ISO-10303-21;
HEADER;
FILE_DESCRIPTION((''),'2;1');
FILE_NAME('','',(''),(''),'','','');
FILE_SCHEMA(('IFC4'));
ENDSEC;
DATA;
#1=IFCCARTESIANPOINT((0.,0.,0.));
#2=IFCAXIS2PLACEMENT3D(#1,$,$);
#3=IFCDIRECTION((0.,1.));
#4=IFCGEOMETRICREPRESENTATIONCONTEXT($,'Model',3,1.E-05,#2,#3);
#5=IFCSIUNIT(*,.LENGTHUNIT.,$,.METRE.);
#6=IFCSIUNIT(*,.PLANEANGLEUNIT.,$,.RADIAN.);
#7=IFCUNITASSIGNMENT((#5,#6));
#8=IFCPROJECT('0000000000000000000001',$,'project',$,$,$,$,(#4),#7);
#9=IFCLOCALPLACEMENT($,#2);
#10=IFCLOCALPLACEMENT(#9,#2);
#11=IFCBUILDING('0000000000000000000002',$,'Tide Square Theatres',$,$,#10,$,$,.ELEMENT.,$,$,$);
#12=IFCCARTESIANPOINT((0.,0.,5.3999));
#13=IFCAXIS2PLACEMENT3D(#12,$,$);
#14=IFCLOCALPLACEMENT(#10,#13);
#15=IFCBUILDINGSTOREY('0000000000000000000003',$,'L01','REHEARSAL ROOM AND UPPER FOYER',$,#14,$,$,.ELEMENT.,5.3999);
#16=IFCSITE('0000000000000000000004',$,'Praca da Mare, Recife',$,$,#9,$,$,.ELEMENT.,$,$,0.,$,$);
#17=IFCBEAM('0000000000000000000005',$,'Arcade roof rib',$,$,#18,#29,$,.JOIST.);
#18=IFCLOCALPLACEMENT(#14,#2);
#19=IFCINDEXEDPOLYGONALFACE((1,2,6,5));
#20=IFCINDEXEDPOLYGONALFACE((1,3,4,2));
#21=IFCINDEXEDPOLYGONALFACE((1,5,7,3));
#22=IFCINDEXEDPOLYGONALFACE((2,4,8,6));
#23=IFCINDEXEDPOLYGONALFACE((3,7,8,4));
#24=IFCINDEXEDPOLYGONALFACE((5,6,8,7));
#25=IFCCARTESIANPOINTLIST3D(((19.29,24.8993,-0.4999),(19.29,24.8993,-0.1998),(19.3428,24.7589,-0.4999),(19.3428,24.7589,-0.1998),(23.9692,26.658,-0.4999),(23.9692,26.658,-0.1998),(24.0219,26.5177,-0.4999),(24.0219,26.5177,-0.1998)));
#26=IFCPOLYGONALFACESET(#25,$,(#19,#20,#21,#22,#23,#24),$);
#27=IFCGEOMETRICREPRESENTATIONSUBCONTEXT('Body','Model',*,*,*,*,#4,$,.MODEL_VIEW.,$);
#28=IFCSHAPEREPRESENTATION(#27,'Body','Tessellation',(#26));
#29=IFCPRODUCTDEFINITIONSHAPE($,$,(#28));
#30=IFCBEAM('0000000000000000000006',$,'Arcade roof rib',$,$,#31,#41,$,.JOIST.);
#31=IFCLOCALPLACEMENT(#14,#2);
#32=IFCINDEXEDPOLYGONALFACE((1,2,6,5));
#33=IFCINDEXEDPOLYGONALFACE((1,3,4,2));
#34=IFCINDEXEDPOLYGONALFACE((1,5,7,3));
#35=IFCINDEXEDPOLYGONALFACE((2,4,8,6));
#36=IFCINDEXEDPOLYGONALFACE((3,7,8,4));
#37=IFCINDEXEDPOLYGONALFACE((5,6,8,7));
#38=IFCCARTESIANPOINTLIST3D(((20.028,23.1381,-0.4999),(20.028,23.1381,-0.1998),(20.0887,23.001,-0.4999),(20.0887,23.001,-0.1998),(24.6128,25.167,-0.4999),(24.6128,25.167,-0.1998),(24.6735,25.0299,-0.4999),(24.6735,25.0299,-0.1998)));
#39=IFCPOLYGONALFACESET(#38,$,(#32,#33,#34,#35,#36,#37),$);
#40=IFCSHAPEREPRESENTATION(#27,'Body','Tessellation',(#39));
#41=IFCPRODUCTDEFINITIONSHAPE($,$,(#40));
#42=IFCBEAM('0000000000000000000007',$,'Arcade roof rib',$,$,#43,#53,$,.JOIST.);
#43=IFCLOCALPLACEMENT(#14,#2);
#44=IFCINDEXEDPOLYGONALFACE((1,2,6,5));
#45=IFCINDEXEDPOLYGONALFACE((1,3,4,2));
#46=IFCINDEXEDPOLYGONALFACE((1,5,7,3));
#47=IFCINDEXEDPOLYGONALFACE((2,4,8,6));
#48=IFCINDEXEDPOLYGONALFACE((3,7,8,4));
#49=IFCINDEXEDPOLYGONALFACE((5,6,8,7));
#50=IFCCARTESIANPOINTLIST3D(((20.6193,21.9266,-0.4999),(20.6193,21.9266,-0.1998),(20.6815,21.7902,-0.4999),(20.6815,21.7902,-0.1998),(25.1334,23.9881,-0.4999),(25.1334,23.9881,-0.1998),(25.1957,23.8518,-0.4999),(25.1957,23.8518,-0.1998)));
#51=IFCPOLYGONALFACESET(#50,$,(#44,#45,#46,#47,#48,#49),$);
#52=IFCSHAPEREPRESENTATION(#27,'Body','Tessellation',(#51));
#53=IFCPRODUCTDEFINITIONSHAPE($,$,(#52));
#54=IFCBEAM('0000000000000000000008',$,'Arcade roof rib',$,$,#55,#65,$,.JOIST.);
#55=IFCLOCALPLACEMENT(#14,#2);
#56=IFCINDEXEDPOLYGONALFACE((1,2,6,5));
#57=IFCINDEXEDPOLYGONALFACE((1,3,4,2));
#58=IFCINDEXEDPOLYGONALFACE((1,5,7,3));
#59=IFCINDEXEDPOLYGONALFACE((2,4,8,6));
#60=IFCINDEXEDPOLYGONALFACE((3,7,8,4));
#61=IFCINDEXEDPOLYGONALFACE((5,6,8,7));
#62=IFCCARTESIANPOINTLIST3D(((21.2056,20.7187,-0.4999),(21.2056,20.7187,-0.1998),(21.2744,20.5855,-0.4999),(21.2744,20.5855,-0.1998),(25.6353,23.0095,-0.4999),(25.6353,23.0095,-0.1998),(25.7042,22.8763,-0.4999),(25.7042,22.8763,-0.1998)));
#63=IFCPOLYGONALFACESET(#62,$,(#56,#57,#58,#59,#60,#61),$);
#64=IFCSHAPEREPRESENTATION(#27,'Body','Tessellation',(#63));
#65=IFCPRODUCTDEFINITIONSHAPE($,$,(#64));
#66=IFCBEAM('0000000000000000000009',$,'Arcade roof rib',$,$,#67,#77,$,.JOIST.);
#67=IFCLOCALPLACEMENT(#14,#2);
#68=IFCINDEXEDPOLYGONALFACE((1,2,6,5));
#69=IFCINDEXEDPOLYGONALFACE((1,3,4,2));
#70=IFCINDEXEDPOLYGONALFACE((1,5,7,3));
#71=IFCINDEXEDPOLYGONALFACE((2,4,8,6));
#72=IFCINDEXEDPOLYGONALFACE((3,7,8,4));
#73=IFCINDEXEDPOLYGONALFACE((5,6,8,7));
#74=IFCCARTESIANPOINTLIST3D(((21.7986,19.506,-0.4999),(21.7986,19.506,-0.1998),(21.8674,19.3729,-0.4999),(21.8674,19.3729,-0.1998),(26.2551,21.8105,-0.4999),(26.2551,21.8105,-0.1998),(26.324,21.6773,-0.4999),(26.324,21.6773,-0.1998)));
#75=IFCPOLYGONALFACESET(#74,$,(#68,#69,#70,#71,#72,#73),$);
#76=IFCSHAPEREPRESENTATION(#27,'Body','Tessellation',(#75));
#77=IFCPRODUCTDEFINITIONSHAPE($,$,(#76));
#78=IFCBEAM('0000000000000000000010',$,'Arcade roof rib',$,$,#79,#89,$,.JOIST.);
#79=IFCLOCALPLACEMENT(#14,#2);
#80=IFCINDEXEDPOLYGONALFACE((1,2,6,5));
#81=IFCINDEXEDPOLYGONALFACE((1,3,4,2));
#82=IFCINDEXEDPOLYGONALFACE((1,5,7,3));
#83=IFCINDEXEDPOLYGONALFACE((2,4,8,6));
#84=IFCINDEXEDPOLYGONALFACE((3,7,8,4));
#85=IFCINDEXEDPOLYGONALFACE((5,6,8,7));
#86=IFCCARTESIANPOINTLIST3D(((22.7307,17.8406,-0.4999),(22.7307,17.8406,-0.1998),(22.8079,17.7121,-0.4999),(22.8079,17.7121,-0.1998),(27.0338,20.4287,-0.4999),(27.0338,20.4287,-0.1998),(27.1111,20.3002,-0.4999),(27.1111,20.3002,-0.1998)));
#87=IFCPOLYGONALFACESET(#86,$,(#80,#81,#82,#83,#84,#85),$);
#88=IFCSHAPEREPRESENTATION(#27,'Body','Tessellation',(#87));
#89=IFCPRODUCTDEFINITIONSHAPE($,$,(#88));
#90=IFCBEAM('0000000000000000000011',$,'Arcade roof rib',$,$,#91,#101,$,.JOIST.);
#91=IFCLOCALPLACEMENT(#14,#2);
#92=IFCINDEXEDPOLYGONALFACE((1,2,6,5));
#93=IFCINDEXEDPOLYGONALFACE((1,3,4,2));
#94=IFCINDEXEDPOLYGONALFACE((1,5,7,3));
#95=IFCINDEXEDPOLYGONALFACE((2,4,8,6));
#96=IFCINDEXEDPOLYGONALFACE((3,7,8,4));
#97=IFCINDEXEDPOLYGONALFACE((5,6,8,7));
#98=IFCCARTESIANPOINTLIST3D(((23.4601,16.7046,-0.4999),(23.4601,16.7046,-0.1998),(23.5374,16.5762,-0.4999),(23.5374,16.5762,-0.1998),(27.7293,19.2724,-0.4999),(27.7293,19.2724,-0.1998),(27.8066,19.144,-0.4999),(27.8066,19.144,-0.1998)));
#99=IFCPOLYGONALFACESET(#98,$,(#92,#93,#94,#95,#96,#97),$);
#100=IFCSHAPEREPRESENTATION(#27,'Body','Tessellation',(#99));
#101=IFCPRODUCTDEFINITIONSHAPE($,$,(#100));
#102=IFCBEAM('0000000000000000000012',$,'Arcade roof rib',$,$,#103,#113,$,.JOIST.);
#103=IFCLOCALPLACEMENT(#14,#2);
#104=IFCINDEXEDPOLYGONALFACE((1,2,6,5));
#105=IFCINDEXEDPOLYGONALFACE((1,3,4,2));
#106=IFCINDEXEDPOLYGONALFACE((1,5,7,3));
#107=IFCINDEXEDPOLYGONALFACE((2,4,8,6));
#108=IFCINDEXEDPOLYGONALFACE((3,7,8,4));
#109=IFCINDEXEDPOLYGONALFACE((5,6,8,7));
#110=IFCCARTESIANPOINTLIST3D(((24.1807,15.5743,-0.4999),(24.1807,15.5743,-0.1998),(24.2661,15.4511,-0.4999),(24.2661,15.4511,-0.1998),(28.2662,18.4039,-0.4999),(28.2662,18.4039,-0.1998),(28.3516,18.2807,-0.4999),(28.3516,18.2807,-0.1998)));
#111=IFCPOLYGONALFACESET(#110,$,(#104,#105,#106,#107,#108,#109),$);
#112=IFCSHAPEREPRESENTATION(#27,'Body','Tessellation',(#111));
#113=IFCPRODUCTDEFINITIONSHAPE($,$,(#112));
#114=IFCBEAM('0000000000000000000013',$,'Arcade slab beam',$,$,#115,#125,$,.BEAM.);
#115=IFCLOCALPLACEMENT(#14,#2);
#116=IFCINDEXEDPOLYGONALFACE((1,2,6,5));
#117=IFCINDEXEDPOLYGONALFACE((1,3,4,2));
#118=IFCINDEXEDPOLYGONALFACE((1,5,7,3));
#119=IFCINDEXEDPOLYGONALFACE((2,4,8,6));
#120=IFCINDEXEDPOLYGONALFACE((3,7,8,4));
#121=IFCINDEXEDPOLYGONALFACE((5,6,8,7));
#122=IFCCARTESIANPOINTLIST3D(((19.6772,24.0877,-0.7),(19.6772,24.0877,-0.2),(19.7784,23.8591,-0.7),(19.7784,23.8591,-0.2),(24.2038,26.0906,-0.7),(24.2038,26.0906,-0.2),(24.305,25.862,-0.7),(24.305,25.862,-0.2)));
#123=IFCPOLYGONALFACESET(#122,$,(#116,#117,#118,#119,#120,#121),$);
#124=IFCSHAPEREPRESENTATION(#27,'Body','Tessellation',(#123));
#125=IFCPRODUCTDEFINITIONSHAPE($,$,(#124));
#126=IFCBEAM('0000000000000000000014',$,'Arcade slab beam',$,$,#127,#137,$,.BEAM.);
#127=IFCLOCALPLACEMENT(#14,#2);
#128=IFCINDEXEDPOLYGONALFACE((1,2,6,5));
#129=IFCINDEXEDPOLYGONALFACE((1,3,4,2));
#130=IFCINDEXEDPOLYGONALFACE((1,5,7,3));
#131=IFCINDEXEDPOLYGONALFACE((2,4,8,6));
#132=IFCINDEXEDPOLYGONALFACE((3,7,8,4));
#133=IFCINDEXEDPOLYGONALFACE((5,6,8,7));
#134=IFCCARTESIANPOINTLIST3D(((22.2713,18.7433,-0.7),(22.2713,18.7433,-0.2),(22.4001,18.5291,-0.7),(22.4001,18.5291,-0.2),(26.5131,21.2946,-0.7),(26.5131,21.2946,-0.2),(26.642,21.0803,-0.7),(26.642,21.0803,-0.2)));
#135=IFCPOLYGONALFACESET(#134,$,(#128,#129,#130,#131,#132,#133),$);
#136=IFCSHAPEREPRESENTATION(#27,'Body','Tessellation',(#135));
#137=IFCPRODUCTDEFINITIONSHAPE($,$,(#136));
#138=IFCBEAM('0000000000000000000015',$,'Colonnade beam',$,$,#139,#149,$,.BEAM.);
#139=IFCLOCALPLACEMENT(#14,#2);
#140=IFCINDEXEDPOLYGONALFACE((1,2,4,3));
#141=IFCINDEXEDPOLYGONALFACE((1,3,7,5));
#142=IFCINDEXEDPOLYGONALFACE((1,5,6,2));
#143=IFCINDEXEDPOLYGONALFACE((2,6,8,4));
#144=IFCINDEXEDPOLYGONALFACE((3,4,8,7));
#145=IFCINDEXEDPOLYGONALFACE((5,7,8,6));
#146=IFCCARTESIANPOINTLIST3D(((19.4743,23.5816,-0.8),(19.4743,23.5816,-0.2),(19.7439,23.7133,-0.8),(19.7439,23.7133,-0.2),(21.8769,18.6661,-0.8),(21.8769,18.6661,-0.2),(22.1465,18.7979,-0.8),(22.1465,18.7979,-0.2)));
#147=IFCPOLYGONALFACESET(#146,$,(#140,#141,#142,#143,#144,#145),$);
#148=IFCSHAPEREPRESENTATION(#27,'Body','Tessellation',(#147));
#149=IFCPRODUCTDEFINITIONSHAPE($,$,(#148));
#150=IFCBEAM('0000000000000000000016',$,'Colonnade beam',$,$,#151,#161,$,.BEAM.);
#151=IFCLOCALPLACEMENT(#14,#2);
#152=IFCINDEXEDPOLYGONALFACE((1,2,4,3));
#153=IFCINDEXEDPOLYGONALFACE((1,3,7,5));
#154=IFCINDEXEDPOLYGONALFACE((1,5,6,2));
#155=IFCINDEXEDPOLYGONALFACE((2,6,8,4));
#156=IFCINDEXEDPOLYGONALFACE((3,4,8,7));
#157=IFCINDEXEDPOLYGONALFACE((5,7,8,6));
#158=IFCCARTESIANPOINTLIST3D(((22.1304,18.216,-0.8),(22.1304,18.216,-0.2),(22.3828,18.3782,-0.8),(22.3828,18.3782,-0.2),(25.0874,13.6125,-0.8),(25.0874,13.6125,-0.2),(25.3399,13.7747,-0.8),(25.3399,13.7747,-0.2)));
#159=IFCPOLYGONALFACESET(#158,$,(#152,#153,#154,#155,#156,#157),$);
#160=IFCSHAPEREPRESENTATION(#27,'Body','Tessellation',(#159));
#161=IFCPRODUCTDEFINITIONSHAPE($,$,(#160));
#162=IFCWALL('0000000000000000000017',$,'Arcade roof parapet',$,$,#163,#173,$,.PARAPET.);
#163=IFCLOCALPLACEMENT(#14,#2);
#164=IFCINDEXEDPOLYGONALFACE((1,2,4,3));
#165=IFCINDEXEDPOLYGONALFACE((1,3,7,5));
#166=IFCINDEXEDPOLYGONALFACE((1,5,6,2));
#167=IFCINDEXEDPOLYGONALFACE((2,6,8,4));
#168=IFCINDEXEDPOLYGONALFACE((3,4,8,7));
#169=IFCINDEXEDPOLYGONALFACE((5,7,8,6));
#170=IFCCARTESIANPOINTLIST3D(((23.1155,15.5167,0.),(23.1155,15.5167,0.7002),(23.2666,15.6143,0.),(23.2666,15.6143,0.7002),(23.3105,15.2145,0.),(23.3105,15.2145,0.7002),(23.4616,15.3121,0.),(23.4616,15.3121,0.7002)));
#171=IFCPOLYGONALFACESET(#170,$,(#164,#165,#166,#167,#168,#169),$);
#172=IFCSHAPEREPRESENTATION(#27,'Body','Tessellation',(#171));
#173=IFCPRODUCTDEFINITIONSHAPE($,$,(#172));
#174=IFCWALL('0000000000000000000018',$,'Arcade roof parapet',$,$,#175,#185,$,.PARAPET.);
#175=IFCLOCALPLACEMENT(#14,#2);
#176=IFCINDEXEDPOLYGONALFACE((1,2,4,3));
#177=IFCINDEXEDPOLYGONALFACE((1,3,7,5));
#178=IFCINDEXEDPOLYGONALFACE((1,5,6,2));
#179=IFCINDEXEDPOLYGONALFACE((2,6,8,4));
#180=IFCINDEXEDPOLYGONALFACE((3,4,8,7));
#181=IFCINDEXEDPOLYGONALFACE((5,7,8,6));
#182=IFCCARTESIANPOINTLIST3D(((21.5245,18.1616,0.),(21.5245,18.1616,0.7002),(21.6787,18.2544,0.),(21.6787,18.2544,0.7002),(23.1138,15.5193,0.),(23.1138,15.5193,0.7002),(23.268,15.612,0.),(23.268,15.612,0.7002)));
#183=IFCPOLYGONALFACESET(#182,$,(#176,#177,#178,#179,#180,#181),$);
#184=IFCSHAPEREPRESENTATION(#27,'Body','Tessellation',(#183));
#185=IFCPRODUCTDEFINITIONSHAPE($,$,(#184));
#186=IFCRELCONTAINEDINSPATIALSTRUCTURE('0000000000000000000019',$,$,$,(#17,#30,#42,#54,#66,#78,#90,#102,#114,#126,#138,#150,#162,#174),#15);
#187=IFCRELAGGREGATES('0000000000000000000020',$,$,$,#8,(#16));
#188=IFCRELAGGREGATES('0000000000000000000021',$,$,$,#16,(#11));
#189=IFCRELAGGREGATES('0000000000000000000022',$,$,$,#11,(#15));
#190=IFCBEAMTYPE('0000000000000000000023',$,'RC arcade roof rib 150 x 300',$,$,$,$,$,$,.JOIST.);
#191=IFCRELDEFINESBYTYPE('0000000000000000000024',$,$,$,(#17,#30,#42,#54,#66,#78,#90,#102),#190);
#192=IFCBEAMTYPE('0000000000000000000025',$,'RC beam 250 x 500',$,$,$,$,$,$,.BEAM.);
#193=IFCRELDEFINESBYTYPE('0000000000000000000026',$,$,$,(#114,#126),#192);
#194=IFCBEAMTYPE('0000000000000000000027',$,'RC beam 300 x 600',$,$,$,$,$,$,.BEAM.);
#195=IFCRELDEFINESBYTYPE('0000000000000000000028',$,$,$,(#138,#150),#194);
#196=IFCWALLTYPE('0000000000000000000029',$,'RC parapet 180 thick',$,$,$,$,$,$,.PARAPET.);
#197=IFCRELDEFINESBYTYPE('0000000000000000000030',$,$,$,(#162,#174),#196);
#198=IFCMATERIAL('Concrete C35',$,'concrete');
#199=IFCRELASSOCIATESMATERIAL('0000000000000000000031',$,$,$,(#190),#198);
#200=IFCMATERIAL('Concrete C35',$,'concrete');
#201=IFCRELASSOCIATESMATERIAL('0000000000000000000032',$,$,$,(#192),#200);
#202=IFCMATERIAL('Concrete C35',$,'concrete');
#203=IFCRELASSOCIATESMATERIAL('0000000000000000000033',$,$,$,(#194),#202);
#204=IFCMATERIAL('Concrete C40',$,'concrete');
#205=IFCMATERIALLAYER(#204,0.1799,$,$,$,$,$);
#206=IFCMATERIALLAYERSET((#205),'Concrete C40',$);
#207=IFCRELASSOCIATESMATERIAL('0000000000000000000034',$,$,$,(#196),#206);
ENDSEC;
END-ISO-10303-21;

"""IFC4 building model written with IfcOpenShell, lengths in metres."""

from ifc_helpers import new_model, si_unit, direction, frame, frame_2d, origin, origin_2d, place, context, subcontext, project, spatial, rectangle, extrude, material, layer, layer_set, material_profile, profile_set, type_object, element, save


model = new_model("IFC4")

# Units and contexts
model_context = context("Model", 3, precision=1e-05, world=origin(), true_north=direction((0.0, 1.0)))
body_context = subcontext(model_context, "Body", "Model", "MODEL_VIEW")
ifc_project = project(units=[si_unit("LENGTHUNIT", "METRE"), si_unit("PLANEANGLEUNIT", "RADIAN")], contexts=[model_context])

# Site, building, storey
site_placement = place(None, origin())
site = spatial("IfcSite", under=ifc_project, at=site_placement, Name="Praca da Mare, Recife", CompositionType="ELEMENT", RefElevation=0.0)
building_placement = place(site_placement, origin())
building = spatial("IfcBuilding", under=site, at=building_placement, Name="Tide Square Theatres", CompositionType="ELEMENT")
storey_placement = place(building_placement, frame((0.0, 0.0, 5.3999)))
storey = spatial("IfcBuildingStorey", under=building, at=storey_placement, Name="L01", Description="REHEARSAL ROOM AND UPPER FOYER", CompositionType="ELEMENT", Elevation=5.3999)

# Beams
ifc_material_1 = material(Name="Concrete C35", Category="concrete")
ifc_material_profile_1 = material_profile(ifc_material_1, rectangle(XDim=0.1499, YDim=0.3, at=origin_2d()))
ifc_profile_set_1 = profile_set([ifc_material_profile_1], Name="Concrete C35")
beam_type_1 = type_object("IfcBeamType", Name="RC arcade roof rib 150 x 300", PredefinedType="JOIST", material=ifc_profile_set_1)
beam_1_placement = place(storey_placement, frame((19.3164, 24.8291, -0.3499), z_axis=(0.93606, 0.351841, 0.0), x_axis=(-0.351841, 0.93606, 0.0)))
element("IfcBeam", 1, at=beam_1_placement, inside=storey, type_object=beam_type_1, Name="Arcade roof rib", PredefinedType="JOIST", context=body_context, shape_type="SweptSolid", body=[
    extrude(rectangle(XDim=0.1499, YDim=0.3, at=origin_2d()), origin(), (0.0, 0.0, 1.0), 4.9988),
])
beam_2_placement = place(storey_placement, frame((20.0583, 23.0696, -0.3499), z_axis=(0.914465, 0.404665, 0.0), x_axis=(-0.404665, 0.914465, 0.0)))
element("IfcBeam", 2, at=beam_2_placement, inside=storey, type_object=beam_type_1, Name="Arcade roof rib", PredefinedType="JOIST", context=body_context, shape_type="SweptSolid", body=[
    extrude(rectangle(XDim=0.1499, YDim=0.3, at=origin_2d()), origin(), (0.0, 0.0, 1.0), 5.0137),
])
beam_3_placement = place(storey_placement, frame((20.6504, 21.8584, -0.3499), z_axis=(0.909634, 0.415411, 0.0), x_axis=(-0.415411, 0.909634, 0.0)))
element("IfcBeam", 3, at=beam_3_placement, inside=storey, type_object=beam_type_1, Name="Arcade roof rib", PredefinedType="JOIST", context=body_context, shape_type="SweptSolid", body=[
    extrude(rectangle(XDim=0.1499, YDim=0.3, at=origin_2d()), origin(), (0.0, 0.0, 1.0), 4.9626),
])
beam_4_placement = place(storey_placement, frame((21.24, 20.6521, -0.3499), z_axis=(0.888254, 0.459352, 0.0), x_axis=(-0.459352, 0.888254, 0.0)))
element("IfcBeam", 4, at=beam_4_placement, inside=storey, type_object=beam_type_1, Name="Arcade roof rib", PredefinedType="JOIST", context=body_context, shape_type="SweptSolid", body=[
    extrude(rectangle(XDim=0.1499, YDim=0.3, at=origin_2d()), origin(), (0.0, 0.0, 1.0), 4.9871),
])
beam_5_placement = place(storey_placement, frame((21.833, 19.4395, -0.3499), z_axis=(0.888272, 0.459318, 0.0), x_axis=(-0.459318, 0.888272, 0.0)))
element("IfcBeam", 5, at=beam_5_placement, inside=storey, type_object=beam_type_1, Name="Arcade roof rib", PredefinedType="JOIST", context=body_context, shape_type="SweptSolid", body=[
    extrude(rectangle(XDim=0.1499, YDim=0.3, at=origin_2d()), origin(), (0.0, 0.0, 1.0), 5.0171),
])
beam_6_placement = place(storey_placement, frame((22.7693, 17.7764, -0.3499), z_axis=(0.856948, 0.515403, 0.0), x_axis=(-0.515403, 0.856948, 0.0)))
element("IfcBeam", 6, at=beam_6_placement, inside=storey, type_object=beam_type_1, Name="Arcade roof rib", PredefinedType="JOIST", context=body_context, shape_type="SweptSolid", body=[
    extrude(rectangle(XDim=0.1499, YDim=0.3, at=origin_2d()), origin(), (0.0, 0.0, 1.0), 5.0215),
])
beam_7_placement = place(storey_placement, frame((23.4988, 16.6404, -0.3499), z_axis=(0.856935, 0.515425, 0.0), x_axis=(-0.515425, 0.856935, 0.0)))
element("IfcBeam", 7, at=beam_7_placement, inside=storey, type_object=beam_type_1, Name="Arcade roof rib", PredefinedType="JOIST", context=body_context, shape_type="SweptSolid", body=[
    extrude(rectangle(XDim=0.1499, YDim=0.3, at=origin_2d()), origin(), (0.0, 0.0, 1.0), 4.9819),
])
beam_8_placement = place(storey_placement, frame((24.2234, 15.5127, -0.3499), z_axis=(0.822079, 0.569373, 0.0), x_axis=(-0.569373, 0.822079, 0.0)))
element("IfcBeam", 8, at=beam_8_placement, inside=storey, type_object=beam_type_1, Name="Arcade roof rib", PredefinedType="JOIST", context=body_context, shape_type="SweptSolid", body=[
    extrude(rectangle(XDim=0.1499, YDim=0.3, at=origin_2d()), origin(), (0.0, 0.0, 1.0), 4.9697),
])
ifc_material_2 = material(Name="Concrete C35", Category="concrete")
ifc_material_profile_2 = material_profile(ifc_material_2, rectangle(XDim=0.25, YDim=0.5, at=origin_2d()))
ifc_profile_set_2 = profile_set([ifc_material_profile_2], Name="Concrete C35")
beam_type_2 = type_object("IfcBeamType", Name="RC beam 250 x 500", PredefinedType="BEAM", material=ifc_profile_set_2)
for number, where, z_axis, x_axis, name in (
    (9, (19.7278, 23.9734, -0.45), (0.914477, 0.404637, 0.0), (-0.404637, 0.914477, 0.0), "Arcade slab beam"),
    (10, (22.3357, 18.6362, -0.45), (0.856948, 0.515402, 0.0), (-0.515402, 0.856948, 0.0), "Arcade slab beam"),
):
    element("IfcBeam", number, at=place(storey_placement, frame(where, z_axis=z_axis, x_axis=x_axis)), inside=storey, type_object=beam_type_2, Name=name, PredefinedType="BEAM", context=body_context, shape_type="SweptSolid", body=[
        extrude(rectangle(XDim=0.25, YDim=0.5, at=origin_2d()), origin(), (0.0, 0.0, 1.0), 4.95),
    ])
ifc_material_3 = material(Name="Concrete C35", Category="concrete")
ifc_material_profile_3 = material_profile(ifc_material_3, rectangle(XDim=0.3, YDim=0.6001, at=origin_2d()))
ifc_profile_set_3 = profile_set([ifc_material_profile_3], Name="Concrete C35")
beam_type_3 = type_object("IfcBeamType", Name="RC beam 300 x 600", PredefinedType="BEAM", material=ifc_profile_set_3)
beam_9_placement = place(storey_placement, frame((19.6091, 23.6475, -0.5), z_axis=(0.439128, -0.898425, 0.0), x_axis=(0.898425, 0.439128, 0.0)))
element("IfcBeam", 11, at=beam_9_placement, inside=storey, type_object=beam_type_3, Name="Colonnade beam", PredefinedType="BEAM", context=body_context, shape_type="SweptSolid", body=[
    extrude(rectangle(XDim=0.3, YDim=0.6001, at=origin_2d()), origin(), (0.0, 0.0, 1.0), 5.4712),
])
beam_10_placement = place(storey_placement, frame((22.2566, 18.2971, -0.5), z_axis=(0.540451, -0.841376, 0.0), x_axis=(0.841376, 0.540451, 0.0)))
element("IfcBeam", 12, at=beam_10_placement, inside=storey, type_object=beam_type_3, Name="Colonnade beam", PredefinedType="BEAM", context=body_context, shape_type="SweptSolid", body=[
    extrude(rectangle(XDim=0.3, YDim=0.6001, at=origin_2d()), origin(), (0.0, 0.0, 1.0), 5.4714),
])

# Walls
ifc_material_4 = material(Name="Concrete C40", Category="concrete")
ifc_layer = layer(ifc_material_4, 0.1799)
ifc_layer_set = layer_set([ifc_layer], Name="Concrete C40")
wall_type = type_object("IfcWallType", Name="RC parapet 180 thick", PredefinedType="PARAPET", material=ifc_layer_set)
wall_1_placement = place(storey_placement, frame((23.386, 15.2634, 0.0), z_axis=(0.0, 0.0, 1.0), x_axis=(-0.542266, 0.840207, 0.0)))
element("IfcWall", 13, at=wall_1_placement, inside=storey, type_object=wall_type, Name="Arcade roof parapet", PredefinedType="PARAPET", context=body_context, shape_type="SweptSolid", body=[
    extrude(rectangle(XDim=0.3596, YDim=0.1799, at=frame_2d((0.1797, 0.0))), origin(), (0.0, 0.0, 1.0), 0.7002),
])
wall_2_placement = place(storey_placement, frame((23.1909, 15.5657, 0.0), z_axis=(0.0, 0.0, 1.0), x_axis=(-0.515439, 0.856927, 0.0)))
element("IfcWall", 14, at=wall_2_placement, inside=storey, type_object=wall_type, Name="Arcade roof parapet", PredefinedType="PARAPET", context=body_context, shape_type="SweptSolid", body=[
    extrude(rectangle(XDim=3.0835, YDim=0.1799, at=frame_2d((1.5417, 0.0))), origin(), (0.0, 0.0, 1.0), 0.7002),
])

save(model, "model.ifc")
